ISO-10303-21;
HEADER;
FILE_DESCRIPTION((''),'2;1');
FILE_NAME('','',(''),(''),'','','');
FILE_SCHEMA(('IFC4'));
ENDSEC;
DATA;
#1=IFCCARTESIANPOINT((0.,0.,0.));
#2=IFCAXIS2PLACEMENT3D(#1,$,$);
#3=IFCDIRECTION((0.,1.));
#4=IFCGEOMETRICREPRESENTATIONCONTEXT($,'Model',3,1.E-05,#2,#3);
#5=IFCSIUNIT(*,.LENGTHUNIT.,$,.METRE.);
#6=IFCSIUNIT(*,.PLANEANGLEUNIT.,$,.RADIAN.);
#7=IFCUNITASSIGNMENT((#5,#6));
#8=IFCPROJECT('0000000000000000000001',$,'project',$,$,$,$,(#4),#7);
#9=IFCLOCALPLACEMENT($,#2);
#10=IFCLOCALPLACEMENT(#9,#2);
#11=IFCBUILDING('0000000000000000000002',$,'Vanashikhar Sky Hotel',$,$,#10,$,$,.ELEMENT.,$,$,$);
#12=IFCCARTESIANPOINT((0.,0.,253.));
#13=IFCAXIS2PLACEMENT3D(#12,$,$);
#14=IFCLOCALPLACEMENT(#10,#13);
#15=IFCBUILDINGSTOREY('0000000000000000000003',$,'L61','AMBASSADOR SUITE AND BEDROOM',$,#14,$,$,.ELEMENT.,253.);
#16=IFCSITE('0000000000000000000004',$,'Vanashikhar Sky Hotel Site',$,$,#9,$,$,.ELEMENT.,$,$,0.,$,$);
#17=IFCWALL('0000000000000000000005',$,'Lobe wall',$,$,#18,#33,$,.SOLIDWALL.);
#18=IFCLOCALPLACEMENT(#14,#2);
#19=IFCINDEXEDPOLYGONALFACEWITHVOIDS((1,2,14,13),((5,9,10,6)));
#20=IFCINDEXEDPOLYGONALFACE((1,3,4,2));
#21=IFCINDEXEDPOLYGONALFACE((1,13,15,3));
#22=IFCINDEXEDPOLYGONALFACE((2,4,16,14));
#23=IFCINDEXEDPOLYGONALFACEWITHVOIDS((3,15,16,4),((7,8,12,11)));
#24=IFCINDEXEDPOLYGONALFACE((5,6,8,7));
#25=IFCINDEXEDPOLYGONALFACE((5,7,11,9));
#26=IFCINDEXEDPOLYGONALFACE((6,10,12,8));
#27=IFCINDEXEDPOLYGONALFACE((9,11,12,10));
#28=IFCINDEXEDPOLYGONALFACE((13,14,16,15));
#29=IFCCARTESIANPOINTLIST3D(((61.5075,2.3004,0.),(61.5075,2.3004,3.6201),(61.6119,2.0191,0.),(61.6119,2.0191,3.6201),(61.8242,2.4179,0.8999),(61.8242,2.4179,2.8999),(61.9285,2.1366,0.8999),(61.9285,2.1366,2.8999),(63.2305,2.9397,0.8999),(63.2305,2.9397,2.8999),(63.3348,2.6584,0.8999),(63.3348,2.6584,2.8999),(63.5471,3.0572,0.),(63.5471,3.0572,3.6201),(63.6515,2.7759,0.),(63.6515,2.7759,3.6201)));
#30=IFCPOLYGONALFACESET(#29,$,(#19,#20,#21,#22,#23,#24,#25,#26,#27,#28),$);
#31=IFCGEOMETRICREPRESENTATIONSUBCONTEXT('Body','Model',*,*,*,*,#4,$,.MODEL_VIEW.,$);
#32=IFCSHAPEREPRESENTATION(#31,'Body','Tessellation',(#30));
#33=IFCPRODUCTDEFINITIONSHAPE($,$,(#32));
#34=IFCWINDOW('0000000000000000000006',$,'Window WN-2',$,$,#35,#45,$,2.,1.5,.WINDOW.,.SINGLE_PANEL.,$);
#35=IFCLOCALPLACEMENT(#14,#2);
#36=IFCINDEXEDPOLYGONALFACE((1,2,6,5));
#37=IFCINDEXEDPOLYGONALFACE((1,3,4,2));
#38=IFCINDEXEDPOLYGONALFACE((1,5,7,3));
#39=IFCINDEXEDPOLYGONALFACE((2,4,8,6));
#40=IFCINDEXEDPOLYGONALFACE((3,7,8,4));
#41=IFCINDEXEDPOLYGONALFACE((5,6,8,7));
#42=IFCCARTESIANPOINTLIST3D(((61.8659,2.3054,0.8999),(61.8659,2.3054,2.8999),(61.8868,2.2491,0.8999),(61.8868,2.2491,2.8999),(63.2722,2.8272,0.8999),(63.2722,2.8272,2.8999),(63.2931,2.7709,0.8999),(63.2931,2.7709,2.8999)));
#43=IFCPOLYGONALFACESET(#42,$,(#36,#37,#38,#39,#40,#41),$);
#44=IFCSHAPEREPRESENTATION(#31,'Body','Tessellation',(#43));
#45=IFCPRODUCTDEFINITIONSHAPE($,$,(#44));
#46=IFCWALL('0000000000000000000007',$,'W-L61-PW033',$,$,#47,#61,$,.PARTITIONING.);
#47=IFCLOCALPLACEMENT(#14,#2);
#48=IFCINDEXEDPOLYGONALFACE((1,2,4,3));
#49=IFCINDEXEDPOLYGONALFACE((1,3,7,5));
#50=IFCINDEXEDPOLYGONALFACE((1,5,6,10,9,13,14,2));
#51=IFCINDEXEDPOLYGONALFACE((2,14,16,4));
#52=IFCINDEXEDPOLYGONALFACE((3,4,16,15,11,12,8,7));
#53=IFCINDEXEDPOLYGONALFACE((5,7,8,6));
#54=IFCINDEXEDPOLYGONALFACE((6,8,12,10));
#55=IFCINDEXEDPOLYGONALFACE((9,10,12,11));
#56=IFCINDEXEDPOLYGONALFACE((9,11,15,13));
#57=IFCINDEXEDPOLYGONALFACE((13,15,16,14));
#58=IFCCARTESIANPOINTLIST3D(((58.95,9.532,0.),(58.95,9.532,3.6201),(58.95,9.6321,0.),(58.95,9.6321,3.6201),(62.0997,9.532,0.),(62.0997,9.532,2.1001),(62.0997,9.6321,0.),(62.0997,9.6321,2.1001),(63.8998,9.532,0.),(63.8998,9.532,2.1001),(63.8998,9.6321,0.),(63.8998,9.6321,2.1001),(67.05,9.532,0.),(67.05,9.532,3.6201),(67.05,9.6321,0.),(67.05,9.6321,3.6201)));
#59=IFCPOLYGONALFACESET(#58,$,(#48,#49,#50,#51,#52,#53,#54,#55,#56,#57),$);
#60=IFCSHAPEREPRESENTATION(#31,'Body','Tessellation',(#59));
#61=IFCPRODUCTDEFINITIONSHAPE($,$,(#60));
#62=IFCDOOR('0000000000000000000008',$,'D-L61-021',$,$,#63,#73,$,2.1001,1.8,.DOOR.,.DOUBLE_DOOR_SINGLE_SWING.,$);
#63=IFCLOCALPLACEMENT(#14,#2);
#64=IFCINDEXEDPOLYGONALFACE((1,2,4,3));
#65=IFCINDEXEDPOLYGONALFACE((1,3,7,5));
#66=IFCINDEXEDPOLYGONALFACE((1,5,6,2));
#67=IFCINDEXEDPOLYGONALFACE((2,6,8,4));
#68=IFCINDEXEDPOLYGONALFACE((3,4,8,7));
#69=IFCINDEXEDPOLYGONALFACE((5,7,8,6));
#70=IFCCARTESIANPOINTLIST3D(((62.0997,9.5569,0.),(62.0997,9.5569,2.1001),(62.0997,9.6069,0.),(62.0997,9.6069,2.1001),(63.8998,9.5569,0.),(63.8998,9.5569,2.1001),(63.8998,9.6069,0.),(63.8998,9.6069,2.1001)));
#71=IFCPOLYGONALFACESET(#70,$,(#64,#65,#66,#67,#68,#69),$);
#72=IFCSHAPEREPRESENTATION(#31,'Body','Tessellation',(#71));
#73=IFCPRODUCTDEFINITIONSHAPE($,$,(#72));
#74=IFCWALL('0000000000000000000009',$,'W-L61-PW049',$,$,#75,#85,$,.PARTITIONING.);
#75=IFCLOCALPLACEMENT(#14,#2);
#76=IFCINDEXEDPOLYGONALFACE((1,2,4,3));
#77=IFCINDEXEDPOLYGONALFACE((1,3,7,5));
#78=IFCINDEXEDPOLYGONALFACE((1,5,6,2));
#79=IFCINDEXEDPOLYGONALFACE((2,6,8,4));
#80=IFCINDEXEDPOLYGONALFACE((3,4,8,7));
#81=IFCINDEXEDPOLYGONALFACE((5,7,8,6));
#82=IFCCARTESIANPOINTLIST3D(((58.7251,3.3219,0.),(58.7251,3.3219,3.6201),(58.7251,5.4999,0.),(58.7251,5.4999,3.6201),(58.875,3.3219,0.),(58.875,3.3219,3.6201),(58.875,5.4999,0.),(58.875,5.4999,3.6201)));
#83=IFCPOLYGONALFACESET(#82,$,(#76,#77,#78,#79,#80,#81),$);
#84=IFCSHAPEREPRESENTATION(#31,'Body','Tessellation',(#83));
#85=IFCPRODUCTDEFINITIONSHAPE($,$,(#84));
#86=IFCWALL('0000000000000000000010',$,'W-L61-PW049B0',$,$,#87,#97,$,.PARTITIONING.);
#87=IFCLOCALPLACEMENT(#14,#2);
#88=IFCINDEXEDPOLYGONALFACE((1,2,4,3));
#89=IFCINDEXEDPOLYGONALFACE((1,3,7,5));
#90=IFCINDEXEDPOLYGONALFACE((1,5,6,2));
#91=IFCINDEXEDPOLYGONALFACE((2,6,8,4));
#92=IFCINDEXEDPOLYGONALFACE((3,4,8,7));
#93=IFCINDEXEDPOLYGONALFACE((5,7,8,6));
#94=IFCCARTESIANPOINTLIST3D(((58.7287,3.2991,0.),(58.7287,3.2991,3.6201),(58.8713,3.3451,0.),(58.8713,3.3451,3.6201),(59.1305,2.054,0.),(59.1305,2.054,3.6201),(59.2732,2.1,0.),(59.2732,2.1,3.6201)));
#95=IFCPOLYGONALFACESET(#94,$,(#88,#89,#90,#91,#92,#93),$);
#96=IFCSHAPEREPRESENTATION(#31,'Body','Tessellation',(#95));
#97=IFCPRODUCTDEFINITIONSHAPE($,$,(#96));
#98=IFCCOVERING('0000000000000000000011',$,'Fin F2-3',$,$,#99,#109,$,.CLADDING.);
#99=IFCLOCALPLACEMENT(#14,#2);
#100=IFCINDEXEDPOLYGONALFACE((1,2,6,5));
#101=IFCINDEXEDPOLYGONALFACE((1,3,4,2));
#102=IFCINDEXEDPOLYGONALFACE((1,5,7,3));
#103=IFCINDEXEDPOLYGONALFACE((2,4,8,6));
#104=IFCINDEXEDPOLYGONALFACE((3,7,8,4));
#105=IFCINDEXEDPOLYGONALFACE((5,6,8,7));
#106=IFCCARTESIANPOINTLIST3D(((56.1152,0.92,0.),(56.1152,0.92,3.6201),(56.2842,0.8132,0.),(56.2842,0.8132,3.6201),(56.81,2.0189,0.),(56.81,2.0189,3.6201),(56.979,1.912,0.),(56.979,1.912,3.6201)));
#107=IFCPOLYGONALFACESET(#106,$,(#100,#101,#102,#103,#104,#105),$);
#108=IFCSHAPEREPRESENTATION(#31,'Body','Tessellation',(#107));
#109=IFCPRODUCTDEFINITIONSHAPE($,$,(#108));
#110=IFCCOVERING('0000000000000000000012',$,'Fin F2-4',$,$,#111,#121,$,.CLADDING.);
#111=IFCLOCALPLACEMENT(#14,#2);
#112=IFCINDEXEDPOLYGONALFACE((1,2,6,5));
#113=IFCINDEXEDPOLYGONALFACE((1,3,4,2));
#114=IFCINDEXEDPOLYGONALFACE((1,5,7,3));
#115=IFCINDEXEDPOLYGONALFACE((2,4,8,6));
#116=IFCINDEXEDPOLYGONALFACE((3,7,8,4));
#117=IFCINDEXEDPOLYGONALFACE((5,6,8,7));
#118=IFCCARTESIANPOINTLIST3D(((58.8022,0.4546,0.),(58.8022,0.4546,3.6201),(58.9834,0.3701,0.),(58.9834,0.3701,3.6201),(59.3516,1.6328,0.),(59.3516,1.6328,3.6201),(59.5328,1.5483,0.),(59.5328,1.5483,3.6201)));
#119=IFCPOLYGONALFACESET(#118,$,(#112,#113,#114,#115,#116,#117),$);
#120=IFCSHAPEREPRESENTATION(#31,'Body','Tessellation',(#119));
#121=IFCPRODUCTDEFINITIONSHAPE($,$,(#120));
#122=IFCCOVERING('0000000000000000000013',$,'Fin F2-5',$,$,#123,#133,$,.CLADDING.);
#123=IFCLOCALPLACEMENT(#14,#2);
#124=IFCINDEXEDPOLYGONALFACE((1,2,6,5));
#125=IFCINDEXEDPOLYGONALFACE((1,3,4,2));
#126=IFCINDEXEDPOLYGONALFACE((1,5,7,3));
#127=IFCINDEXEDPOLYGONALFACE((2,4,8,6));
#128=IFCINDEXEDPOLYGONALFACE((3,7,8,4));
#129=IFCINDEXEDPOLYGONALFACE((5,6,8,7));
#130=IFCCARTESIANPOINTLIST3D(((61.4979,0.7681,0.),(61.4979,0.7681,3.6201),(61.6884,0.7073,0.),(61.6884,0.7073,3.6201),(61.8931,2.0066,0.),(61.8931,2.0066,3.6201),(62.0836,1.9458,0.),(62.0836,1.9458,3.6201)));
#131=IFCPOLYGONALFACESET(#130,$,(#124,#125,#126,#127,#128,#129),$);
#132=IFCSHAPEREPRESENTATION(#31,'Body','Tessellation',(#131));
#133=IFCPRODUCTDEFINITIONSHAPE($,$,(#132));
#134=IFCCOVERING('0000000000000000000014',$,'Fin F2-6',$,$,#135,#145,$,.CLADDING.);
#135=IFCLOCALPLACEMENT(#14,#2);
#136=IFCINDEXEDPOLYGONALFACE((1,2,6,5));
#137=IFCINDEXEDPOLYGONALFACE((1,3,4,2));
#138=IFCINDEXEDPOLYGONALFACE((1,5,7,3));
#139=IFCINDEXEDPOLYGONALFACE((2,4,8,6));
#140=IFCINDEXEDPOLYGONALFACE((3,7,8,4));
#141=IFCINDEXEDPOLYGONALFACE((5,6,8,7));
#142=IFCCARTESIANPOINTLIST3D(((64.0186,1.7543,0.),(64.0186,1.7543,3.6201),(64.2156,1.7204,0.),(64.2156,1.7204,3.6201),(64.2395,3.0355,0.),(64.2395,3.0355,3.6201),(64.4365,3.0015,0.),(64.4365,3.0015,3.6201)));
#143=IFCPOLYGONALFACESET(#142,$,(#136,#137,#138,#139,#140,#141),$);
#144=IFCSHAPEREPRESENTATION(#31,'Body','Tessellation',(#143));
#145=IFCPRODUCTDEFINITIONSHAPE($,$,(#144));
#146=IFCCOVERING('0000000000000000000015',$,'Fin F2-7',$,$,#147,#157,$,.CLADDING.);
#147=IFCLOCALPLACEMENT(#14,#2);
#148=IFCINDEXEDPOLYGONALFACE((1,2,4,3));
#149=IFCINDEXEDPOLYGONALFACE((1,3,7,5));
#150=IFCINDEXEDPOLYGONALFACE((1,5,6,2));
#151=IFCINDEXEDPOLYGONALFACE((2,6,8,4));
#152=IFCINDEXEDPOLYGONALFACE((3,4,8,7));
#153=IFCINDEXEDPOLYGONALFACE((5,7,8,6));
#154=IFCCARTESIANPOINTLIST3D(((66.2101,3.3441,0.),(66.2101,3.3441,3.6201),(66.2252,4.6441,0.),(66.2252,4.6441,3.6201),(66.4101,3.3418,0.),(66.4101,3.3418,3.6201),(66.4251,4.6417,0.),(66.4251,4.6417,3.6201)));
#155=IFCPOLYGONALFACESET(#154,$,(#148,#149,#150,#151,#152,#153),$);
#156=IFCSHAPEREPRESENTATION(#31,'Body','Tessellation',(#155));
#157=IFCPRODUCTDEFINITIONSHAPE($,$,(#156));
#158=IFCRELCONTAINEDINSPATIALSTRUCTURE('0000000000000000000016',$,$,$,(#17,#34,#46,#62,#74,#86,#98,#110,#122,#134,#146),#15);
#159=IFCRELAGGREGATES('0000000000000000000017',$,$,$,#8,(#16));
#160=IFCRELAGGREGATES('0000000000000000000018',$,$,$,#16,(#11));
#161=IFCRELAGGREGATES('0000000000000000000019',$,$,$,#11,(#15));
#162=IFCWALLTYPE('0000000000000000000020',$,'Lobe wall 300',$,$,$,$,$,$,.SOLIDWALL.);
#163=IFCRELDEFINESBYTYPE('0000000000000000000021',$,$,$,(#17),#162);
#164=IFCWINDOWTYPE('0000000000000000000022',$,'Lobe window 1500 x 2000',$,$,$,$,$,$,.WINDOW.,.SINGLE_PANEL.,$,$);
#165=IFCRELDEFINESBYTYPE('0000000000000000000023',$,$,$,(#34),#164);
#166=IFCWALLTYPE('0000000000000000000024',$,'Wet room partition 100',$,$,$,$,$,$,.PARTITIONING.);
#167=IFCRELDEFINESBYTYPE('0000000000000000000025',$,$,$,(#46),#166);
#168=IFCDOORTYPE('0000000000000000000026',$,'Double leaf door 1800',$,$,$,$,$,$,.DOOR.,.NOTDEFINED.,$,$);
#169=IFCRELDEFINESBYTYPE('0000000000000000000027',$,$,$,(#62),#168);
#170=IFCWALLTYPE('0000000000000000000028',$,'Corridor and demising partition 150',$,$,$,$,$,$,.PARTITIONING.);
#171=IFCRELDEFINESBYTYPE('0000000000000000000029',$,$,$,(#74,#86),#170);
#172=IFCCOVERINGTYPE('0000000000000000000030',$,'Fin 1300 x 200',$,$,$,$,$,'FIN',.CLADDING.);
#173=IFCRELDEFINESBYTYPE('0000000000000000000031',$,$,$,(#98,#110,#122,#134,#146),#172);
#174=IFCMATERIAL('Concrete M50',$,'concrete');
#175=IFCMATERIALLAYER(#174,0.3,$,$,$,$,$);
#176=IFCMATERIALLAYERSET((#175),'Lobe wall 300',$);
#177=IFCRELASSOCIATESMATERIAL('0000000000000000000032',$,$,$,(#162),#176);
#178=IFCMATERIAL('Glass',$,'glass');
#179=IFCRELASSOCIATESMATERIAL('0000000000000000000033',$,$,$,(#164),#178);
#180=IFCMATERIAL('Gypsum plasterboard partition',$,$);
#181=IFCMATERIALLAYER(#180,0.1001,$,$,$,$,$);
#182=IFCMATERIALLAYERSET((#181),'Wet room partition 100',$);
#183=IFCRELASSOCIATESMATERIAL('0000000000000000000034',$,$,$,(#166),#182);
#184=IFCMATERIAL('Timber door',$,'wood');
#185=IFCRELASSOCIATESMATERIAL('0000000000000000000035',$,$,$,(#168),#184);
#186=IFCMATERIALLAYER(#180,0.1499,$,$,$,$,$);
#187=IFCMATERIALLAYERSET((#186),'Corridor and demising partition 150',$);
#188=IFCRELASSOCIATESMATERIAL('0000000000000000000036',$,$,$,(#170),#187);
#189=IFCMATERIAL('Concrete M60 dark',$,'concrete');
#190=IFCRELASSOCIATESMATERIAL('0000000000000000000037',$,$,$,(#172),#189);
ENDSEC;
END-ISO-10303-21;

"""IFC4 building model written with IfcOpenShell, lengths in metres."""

from ifc_helpers import new_model, si_unit, direction, frame, frame_2d, origin, origin_2d, place, context, subcontext, project, spatial, rectangle, extrude, source, transform, mapped, material, layer, layer_set, material_profile, profile_set, type_object, element, fill, save


model = new_model("IFC4")

# Units and contexts
model_context = context("Model", 3, precision=1e-05, world=origin(), true_north=direction((0.0, 1.0)))
body_context = subcontext(model_context, "Body", "Model", "MODEL_VIEW")
ifc_project = project(units=[si_unit("LENGTHUNIT", "METRE"), si_unit("PLANEANGLEUNIT", "RADIAN")], contexts=[model_context])

# Site, building, storey
site_placement = place(None, origin())
site = spatial("IfcSite", under=ifc_project, at=site_placement, Name="Vanashikhar Sky Hotel Site", CompositionType="ELEMENT", RefElevation=0.0)
building_placement = place(site_placement, origin())
building = spatial("IfcBuilding", under=site, at=building_placement, Name="Vanashikhar Sky Hotel", CompositionType="ELEMENT")
storey_placement = place(building_placement, frame((0.0, 0.0, 253.0)))
storey = spatial("IfcBuildingStorey", under=building, at=storey_placement, Name="L61", Description="AMBASSADOR SUITE AND BEDROOM", CompositionType="ELEMENT", Elevation=253.0)

# Shared definitions
ifc_material_1 = material(Name="Concrete M50", Category="concrete")

# Shared definitions
ifc_material_2 = material(Name="Glass", Category="glass")

# Wall, opening, window
ifc_layer_1 = layer(ifc_material_1, 0.3)
ifc_layer_set_1 = layer_set([ifc_layer_1], Name="Lobe wall 300")
wall_type_1 = type_object("IfcWallType", Name="Lobe wall 300", PredefinedType="SOLIDWALL", material=ifc_layer_set_1)
shared_shape_1 = source(origin(), body_context, "Body", "SweptSolid", [
    extrude(rectangle(XDim=1.5, YDim=2.0, at=frame_2d((0.75, 1.0))), frame((0.0, 0.1602, 0.0), z_axis=(0.0, -1.0, 0.0), x_axis=(1.0, 0.0, 0.0)), (0.0, 0.0, 1.0), 0.3201),
])
window_type_1 = type_object("IfcWindowType", Name="Lobe window 1500 x 2000", PartitioningType="SINGLE_PANEL", PredefinedType="WINDOW", material=ifc_material_2)
shared_shape_2 = source(origin(), body_context, "Body", "SweptSolid", [
    extrude(rectangle(XDim=1.5, YDim=2.0, at=frame_2d((0.75, 1.0))), frame((0.0, 0.03, 0.0), z_axis=(0.0, -1.0, 0.0), x_axis=(1.0, 0.0, 0.0)), (0.0, 0.0, 1.0), 0.0601),
])
shared_shape_3 = source(origin(), body_context, "Body", "SweptSolid", [
    extrude(rectangle(XDim=2.1755, YDim=0.3, at=frame_2d((1.0879, 0.0))), origin(), (0.0, 0.0, 1.0), 3.6201),
])
wall_1_placement = place(storey_placement, frame((61.5596, 2.1597, 0.0), z_axis=(0.0, 0.0, 1.0), x_axis=(0.937532, 0.347899, 0.0)))
wall_1 = element("IfcWall", 1, at=wall_1_placement, inside=storey, type_object=wall_type_1, Name="Lobe wall", PredefinedType="SOLIDWALL", context=body_context, shape_type="MappedRepresentation", body=[
    mapped(shared_shape_3, transform((0.0, 0.0, 0.0), scale=1.0)),
])
opening_1_placement = place(wall_1_placement, frame((0.3379, 0.0, 0.8999)))
opening_1 = element("IfcOpeningElement", 2, at=opening_1_placement, cuts=wall_1, PredefinedType="OPENING", context=body_context, shape_type="MappedRepresentation", body=[
    mapped(shared_shape_1, transform((0.0, 0.0, 0.0), scale=1.0)),
])
window_1_placement = place(opening_1_placement, origin())
window_1 = element("IfcWindow", 3, at=window_1_placement, inside=storey, type_object=window_type_1, Name="Window WN-2", OverallHeight=2.0, OverallWidth=1.5, PartitioningType="SINGLE_PANEL", PredefinedType="WINDOW", context=body_context, shape_type="MappedRepresentation", body=[
    mapped(shared_shape_2, transform((0.0, 0.0, 0.0), scale=1.0)),
])
fill(opening_1, window_1)

# Wall, opening, door
ifc_material_3 = material(Name="Gypsum plasterboard partition")
ifc_layer_2 = layer(ifc_material_3, 0.1001)
ifc_layer_set_2 = layer_set([ifc_layer_2], Name="Wet room partition 100")
wall_type_2 = type_object("IfcWallType", Name="Wet room partition 100", PredefinedType="PARTITIONING", material=ifc_layer_set_2)
shared_shape_4 = source(origin(), body_context, "Body", "SweptSolid", [
    extrude(rectangle(XDim=8.1001, YDim=0.1001, at=frame_2d((4.05, 0.0))), origin(), (0.0, 0.0, 1.0), 3.6201),
])
wall_2_placement = place(storey_placement, frame((58.95, 9.582, 0.0), z_axis=(0.0, 0.0, 1.0), x_axis=(1.0, 0.0, 0.0)))
wall_2 = element("IfcWall", 4, at=wall_2_placement, inside=storey, type_object=wall_type_2, Name="W-L61-PW033", PredefinedType="PARTITIONING", context=body_context, shape_type="MappedRepresentation", body=[
    mapped(shared_shape_4, transform((0.0, 0.0, 0.0), scale=1.0)),
])
shared_shape_5 = source(origin(), body_context, "Body", "SweptSolid", [
    extrude(rectangle(XDim=1.8, YDim=2.1001, at=frame_2d((0.8999, 1.05))), frame((0.0, 0.0601, 0.0), z_axis=(0.0, -1.0, 0.0), x_axis=(1.0, 0.0, 0.0)), (0.0, 0.0, 1.0), 0.1201),
])
opening_2_placement = place(wall_2_placement, frame((3.1499, 0.0, 0.0)))
opening_2 = element("IfcOpeningElement", 5, at=opening_2_placement, cuts=wall_2, PredefinedType="OPENING", context=body_context, shape_type="MappedRepresentation", body=[
    mapped(shared_shape_5, transform((0.0, 0.0, 0.0), scale=1.0)),
])
ifc_material_4 = material(Name="Timber door", Category="wood")
door_type_1 = type_object("IfcDoorType", Name="Double leaf door 1800", OperationType="NOTDEFINED", PredefinedType="DOOR", material=ifc_material_4)
shared_shape_6 = source(origin(), body_context, "Body", "SweptSolid", [
    extrude(rectangle(XDim=1.8, YDim=2.1001, at=frame_2d((0.8999, 1.05))), frame((0.0, 0.0249, 0.0), z_axis=(0.0, -1.0, 0.0), x_axis=(1.0, 0.0, 0.0)), (0.0, 0.0, 1.0), 0.05),
])
door_1_placement = place(opening_2_placement, origin())
door_1 = element("IfcDoor", 6, at=door_1_placement, inside=storey, type_object=door_type_1, Name="D-L61-021", OperationType="DOUBLE_DOOR_SINGLE_SWING", OverallHeight=2.1001, OverallWidth=1.8, PredefinedType="DOOR", context=body_context, shape_type="MappedRepresentation", body=[
    mapped(shared_shape_6, transform((0.0, 0.0, 0.0), scale=1.0)),
])
fill(opening_2, door_1)

# Walls
ifc_layer_3 = layer(ifc_material_3, 0.1499)
ifc_layer_set_3 = layer_set([ifc_layer_3], Name="Corridor and demising partition 150")
wall_type_3 = type_object("IfcWallType", Name="Corridor and demising partition 150", PredefinedType="PARTITIONING", material=ifc_layer_set_3)
shared_shape_7 = source(origin(), body_context, "Body", "SweptSolid", [
    extrude(rectangle(XDim=2.178, YDim=0.1499, at=frame_2d((1.0889, 0.0))), origin(), (0.0, 0.0, 1.0), 3.6201),
])
wall_3_placement = place(storey_placement, frame((58.8, 3.322, 0.0), z_axis=(0.0, 0.0, 1.0), x_axis=(0.0, 1.0, 0.0)))
element("IfcWall", 7, at=wall_3_placement, inside=storey, type_object=wall_type_3, Name="W-L61-PW049", PredefinedType="PARTITIONING", context=body_context, shape_type="MappedRepresentation", body=[
    mapped(shared_shape_7, transform((0.0, 0.0, 0.0), scale=1.0)),
])
shared_shape_8 = source(origin(), body_context, "Body", "SweptSolid", [
    extrude(rectangle(XDim=1.3083, YDim=0.1499, at=frame_2d((0.6543, 0.0))), origin(), (0.0, 0.0, 1.0), 3.6201),
])
wall_4_placement = place(storey_placement, frame((59.2019, 2.0769, 0.0), z_axis=(0.0, 0.0, 1.0), x_axis=(-0.307145, 0.951663, 0.0)))
element("IfcWall", 8, at=wall_4_placement, inside=storey, type_object=wall_type_3, Name="W-L61-PW049B0", PredefinedType="PARTITIONING", context=body_context, shape_type="MappedRepresentation", body=[
    mapped(shared_shape_8, transform((0.0, 0.0, 0.0), scale=1.0)),
])

# Coverings
ifc_material_5 = material(Name="Concrete M60 dark", Category="concrete")
ifc_material_profile_1 = material_profile(ifc_material_5, rectangle(XDim=1.3, YDim=0.2, at=origin_2d()))
ifc_profile_set_1 = profile_set([ifc_material_profile_1], Name="Fin 1300 x 200")
covering_type = type_object("IfcCoveringType", Name="Fin 1300 x 200", ElementType="FIN", PredefinedType="CLADDING", material=ifc_profile_set_1)
shared_shape_9 = source(origin(), body_context, "Body", "SweptSolid", [
    extrude(rectangle(XDim=1.3, YDim=0.2, at=origin_2d()), origin(), (0.0, 0.0, 1.0), 3.6201),
])
for number, where, z_axis, x_axis, name in (
    (9, (56.5471, 1.416, 0.0), (0.0, 0.0, 1.0), (-0.534411, -0.845225, 0.0), "Fin F2-3"),
    (10, (59.1675, 1.0015, 0.0), (0.0, 0.0, 1.0), (-0.422618, -0.906308, 0.0), "Fin F2-4"),
    (11, (61.7908, 1.3569, 0.0), (0.0, 0.0, 1.0), (-0.303967, -0.952683, 0.0), "Fin F2-5"),
    (12, (64.2275, 2.3779, 0.0), (0.0, 0.0, 1.0), (-0.1699, -0.985461, 0.0), "Fin F2-6"),
    (13, (66.3176, 3.9929, 0.0), (0.0, 0.0, 1.0), (-0.011589, -0.999933, 0.0), "Fin F2-7"),
):
    element("IfcCovering", number, at=place(storey_placement, frame(where, z_axis=z_axis, x_axis=x_axis)), inside=storey, type_object=covering_type, Name=name, PredefinedType="CLADDING", context=body_context, shape_type="MappedRepresentation", body=[
        mapped(shared_shape_9, transform((0.0, 0.0, 0.0), scale=1.0)),
    ])

save(model, "model.ifc")
